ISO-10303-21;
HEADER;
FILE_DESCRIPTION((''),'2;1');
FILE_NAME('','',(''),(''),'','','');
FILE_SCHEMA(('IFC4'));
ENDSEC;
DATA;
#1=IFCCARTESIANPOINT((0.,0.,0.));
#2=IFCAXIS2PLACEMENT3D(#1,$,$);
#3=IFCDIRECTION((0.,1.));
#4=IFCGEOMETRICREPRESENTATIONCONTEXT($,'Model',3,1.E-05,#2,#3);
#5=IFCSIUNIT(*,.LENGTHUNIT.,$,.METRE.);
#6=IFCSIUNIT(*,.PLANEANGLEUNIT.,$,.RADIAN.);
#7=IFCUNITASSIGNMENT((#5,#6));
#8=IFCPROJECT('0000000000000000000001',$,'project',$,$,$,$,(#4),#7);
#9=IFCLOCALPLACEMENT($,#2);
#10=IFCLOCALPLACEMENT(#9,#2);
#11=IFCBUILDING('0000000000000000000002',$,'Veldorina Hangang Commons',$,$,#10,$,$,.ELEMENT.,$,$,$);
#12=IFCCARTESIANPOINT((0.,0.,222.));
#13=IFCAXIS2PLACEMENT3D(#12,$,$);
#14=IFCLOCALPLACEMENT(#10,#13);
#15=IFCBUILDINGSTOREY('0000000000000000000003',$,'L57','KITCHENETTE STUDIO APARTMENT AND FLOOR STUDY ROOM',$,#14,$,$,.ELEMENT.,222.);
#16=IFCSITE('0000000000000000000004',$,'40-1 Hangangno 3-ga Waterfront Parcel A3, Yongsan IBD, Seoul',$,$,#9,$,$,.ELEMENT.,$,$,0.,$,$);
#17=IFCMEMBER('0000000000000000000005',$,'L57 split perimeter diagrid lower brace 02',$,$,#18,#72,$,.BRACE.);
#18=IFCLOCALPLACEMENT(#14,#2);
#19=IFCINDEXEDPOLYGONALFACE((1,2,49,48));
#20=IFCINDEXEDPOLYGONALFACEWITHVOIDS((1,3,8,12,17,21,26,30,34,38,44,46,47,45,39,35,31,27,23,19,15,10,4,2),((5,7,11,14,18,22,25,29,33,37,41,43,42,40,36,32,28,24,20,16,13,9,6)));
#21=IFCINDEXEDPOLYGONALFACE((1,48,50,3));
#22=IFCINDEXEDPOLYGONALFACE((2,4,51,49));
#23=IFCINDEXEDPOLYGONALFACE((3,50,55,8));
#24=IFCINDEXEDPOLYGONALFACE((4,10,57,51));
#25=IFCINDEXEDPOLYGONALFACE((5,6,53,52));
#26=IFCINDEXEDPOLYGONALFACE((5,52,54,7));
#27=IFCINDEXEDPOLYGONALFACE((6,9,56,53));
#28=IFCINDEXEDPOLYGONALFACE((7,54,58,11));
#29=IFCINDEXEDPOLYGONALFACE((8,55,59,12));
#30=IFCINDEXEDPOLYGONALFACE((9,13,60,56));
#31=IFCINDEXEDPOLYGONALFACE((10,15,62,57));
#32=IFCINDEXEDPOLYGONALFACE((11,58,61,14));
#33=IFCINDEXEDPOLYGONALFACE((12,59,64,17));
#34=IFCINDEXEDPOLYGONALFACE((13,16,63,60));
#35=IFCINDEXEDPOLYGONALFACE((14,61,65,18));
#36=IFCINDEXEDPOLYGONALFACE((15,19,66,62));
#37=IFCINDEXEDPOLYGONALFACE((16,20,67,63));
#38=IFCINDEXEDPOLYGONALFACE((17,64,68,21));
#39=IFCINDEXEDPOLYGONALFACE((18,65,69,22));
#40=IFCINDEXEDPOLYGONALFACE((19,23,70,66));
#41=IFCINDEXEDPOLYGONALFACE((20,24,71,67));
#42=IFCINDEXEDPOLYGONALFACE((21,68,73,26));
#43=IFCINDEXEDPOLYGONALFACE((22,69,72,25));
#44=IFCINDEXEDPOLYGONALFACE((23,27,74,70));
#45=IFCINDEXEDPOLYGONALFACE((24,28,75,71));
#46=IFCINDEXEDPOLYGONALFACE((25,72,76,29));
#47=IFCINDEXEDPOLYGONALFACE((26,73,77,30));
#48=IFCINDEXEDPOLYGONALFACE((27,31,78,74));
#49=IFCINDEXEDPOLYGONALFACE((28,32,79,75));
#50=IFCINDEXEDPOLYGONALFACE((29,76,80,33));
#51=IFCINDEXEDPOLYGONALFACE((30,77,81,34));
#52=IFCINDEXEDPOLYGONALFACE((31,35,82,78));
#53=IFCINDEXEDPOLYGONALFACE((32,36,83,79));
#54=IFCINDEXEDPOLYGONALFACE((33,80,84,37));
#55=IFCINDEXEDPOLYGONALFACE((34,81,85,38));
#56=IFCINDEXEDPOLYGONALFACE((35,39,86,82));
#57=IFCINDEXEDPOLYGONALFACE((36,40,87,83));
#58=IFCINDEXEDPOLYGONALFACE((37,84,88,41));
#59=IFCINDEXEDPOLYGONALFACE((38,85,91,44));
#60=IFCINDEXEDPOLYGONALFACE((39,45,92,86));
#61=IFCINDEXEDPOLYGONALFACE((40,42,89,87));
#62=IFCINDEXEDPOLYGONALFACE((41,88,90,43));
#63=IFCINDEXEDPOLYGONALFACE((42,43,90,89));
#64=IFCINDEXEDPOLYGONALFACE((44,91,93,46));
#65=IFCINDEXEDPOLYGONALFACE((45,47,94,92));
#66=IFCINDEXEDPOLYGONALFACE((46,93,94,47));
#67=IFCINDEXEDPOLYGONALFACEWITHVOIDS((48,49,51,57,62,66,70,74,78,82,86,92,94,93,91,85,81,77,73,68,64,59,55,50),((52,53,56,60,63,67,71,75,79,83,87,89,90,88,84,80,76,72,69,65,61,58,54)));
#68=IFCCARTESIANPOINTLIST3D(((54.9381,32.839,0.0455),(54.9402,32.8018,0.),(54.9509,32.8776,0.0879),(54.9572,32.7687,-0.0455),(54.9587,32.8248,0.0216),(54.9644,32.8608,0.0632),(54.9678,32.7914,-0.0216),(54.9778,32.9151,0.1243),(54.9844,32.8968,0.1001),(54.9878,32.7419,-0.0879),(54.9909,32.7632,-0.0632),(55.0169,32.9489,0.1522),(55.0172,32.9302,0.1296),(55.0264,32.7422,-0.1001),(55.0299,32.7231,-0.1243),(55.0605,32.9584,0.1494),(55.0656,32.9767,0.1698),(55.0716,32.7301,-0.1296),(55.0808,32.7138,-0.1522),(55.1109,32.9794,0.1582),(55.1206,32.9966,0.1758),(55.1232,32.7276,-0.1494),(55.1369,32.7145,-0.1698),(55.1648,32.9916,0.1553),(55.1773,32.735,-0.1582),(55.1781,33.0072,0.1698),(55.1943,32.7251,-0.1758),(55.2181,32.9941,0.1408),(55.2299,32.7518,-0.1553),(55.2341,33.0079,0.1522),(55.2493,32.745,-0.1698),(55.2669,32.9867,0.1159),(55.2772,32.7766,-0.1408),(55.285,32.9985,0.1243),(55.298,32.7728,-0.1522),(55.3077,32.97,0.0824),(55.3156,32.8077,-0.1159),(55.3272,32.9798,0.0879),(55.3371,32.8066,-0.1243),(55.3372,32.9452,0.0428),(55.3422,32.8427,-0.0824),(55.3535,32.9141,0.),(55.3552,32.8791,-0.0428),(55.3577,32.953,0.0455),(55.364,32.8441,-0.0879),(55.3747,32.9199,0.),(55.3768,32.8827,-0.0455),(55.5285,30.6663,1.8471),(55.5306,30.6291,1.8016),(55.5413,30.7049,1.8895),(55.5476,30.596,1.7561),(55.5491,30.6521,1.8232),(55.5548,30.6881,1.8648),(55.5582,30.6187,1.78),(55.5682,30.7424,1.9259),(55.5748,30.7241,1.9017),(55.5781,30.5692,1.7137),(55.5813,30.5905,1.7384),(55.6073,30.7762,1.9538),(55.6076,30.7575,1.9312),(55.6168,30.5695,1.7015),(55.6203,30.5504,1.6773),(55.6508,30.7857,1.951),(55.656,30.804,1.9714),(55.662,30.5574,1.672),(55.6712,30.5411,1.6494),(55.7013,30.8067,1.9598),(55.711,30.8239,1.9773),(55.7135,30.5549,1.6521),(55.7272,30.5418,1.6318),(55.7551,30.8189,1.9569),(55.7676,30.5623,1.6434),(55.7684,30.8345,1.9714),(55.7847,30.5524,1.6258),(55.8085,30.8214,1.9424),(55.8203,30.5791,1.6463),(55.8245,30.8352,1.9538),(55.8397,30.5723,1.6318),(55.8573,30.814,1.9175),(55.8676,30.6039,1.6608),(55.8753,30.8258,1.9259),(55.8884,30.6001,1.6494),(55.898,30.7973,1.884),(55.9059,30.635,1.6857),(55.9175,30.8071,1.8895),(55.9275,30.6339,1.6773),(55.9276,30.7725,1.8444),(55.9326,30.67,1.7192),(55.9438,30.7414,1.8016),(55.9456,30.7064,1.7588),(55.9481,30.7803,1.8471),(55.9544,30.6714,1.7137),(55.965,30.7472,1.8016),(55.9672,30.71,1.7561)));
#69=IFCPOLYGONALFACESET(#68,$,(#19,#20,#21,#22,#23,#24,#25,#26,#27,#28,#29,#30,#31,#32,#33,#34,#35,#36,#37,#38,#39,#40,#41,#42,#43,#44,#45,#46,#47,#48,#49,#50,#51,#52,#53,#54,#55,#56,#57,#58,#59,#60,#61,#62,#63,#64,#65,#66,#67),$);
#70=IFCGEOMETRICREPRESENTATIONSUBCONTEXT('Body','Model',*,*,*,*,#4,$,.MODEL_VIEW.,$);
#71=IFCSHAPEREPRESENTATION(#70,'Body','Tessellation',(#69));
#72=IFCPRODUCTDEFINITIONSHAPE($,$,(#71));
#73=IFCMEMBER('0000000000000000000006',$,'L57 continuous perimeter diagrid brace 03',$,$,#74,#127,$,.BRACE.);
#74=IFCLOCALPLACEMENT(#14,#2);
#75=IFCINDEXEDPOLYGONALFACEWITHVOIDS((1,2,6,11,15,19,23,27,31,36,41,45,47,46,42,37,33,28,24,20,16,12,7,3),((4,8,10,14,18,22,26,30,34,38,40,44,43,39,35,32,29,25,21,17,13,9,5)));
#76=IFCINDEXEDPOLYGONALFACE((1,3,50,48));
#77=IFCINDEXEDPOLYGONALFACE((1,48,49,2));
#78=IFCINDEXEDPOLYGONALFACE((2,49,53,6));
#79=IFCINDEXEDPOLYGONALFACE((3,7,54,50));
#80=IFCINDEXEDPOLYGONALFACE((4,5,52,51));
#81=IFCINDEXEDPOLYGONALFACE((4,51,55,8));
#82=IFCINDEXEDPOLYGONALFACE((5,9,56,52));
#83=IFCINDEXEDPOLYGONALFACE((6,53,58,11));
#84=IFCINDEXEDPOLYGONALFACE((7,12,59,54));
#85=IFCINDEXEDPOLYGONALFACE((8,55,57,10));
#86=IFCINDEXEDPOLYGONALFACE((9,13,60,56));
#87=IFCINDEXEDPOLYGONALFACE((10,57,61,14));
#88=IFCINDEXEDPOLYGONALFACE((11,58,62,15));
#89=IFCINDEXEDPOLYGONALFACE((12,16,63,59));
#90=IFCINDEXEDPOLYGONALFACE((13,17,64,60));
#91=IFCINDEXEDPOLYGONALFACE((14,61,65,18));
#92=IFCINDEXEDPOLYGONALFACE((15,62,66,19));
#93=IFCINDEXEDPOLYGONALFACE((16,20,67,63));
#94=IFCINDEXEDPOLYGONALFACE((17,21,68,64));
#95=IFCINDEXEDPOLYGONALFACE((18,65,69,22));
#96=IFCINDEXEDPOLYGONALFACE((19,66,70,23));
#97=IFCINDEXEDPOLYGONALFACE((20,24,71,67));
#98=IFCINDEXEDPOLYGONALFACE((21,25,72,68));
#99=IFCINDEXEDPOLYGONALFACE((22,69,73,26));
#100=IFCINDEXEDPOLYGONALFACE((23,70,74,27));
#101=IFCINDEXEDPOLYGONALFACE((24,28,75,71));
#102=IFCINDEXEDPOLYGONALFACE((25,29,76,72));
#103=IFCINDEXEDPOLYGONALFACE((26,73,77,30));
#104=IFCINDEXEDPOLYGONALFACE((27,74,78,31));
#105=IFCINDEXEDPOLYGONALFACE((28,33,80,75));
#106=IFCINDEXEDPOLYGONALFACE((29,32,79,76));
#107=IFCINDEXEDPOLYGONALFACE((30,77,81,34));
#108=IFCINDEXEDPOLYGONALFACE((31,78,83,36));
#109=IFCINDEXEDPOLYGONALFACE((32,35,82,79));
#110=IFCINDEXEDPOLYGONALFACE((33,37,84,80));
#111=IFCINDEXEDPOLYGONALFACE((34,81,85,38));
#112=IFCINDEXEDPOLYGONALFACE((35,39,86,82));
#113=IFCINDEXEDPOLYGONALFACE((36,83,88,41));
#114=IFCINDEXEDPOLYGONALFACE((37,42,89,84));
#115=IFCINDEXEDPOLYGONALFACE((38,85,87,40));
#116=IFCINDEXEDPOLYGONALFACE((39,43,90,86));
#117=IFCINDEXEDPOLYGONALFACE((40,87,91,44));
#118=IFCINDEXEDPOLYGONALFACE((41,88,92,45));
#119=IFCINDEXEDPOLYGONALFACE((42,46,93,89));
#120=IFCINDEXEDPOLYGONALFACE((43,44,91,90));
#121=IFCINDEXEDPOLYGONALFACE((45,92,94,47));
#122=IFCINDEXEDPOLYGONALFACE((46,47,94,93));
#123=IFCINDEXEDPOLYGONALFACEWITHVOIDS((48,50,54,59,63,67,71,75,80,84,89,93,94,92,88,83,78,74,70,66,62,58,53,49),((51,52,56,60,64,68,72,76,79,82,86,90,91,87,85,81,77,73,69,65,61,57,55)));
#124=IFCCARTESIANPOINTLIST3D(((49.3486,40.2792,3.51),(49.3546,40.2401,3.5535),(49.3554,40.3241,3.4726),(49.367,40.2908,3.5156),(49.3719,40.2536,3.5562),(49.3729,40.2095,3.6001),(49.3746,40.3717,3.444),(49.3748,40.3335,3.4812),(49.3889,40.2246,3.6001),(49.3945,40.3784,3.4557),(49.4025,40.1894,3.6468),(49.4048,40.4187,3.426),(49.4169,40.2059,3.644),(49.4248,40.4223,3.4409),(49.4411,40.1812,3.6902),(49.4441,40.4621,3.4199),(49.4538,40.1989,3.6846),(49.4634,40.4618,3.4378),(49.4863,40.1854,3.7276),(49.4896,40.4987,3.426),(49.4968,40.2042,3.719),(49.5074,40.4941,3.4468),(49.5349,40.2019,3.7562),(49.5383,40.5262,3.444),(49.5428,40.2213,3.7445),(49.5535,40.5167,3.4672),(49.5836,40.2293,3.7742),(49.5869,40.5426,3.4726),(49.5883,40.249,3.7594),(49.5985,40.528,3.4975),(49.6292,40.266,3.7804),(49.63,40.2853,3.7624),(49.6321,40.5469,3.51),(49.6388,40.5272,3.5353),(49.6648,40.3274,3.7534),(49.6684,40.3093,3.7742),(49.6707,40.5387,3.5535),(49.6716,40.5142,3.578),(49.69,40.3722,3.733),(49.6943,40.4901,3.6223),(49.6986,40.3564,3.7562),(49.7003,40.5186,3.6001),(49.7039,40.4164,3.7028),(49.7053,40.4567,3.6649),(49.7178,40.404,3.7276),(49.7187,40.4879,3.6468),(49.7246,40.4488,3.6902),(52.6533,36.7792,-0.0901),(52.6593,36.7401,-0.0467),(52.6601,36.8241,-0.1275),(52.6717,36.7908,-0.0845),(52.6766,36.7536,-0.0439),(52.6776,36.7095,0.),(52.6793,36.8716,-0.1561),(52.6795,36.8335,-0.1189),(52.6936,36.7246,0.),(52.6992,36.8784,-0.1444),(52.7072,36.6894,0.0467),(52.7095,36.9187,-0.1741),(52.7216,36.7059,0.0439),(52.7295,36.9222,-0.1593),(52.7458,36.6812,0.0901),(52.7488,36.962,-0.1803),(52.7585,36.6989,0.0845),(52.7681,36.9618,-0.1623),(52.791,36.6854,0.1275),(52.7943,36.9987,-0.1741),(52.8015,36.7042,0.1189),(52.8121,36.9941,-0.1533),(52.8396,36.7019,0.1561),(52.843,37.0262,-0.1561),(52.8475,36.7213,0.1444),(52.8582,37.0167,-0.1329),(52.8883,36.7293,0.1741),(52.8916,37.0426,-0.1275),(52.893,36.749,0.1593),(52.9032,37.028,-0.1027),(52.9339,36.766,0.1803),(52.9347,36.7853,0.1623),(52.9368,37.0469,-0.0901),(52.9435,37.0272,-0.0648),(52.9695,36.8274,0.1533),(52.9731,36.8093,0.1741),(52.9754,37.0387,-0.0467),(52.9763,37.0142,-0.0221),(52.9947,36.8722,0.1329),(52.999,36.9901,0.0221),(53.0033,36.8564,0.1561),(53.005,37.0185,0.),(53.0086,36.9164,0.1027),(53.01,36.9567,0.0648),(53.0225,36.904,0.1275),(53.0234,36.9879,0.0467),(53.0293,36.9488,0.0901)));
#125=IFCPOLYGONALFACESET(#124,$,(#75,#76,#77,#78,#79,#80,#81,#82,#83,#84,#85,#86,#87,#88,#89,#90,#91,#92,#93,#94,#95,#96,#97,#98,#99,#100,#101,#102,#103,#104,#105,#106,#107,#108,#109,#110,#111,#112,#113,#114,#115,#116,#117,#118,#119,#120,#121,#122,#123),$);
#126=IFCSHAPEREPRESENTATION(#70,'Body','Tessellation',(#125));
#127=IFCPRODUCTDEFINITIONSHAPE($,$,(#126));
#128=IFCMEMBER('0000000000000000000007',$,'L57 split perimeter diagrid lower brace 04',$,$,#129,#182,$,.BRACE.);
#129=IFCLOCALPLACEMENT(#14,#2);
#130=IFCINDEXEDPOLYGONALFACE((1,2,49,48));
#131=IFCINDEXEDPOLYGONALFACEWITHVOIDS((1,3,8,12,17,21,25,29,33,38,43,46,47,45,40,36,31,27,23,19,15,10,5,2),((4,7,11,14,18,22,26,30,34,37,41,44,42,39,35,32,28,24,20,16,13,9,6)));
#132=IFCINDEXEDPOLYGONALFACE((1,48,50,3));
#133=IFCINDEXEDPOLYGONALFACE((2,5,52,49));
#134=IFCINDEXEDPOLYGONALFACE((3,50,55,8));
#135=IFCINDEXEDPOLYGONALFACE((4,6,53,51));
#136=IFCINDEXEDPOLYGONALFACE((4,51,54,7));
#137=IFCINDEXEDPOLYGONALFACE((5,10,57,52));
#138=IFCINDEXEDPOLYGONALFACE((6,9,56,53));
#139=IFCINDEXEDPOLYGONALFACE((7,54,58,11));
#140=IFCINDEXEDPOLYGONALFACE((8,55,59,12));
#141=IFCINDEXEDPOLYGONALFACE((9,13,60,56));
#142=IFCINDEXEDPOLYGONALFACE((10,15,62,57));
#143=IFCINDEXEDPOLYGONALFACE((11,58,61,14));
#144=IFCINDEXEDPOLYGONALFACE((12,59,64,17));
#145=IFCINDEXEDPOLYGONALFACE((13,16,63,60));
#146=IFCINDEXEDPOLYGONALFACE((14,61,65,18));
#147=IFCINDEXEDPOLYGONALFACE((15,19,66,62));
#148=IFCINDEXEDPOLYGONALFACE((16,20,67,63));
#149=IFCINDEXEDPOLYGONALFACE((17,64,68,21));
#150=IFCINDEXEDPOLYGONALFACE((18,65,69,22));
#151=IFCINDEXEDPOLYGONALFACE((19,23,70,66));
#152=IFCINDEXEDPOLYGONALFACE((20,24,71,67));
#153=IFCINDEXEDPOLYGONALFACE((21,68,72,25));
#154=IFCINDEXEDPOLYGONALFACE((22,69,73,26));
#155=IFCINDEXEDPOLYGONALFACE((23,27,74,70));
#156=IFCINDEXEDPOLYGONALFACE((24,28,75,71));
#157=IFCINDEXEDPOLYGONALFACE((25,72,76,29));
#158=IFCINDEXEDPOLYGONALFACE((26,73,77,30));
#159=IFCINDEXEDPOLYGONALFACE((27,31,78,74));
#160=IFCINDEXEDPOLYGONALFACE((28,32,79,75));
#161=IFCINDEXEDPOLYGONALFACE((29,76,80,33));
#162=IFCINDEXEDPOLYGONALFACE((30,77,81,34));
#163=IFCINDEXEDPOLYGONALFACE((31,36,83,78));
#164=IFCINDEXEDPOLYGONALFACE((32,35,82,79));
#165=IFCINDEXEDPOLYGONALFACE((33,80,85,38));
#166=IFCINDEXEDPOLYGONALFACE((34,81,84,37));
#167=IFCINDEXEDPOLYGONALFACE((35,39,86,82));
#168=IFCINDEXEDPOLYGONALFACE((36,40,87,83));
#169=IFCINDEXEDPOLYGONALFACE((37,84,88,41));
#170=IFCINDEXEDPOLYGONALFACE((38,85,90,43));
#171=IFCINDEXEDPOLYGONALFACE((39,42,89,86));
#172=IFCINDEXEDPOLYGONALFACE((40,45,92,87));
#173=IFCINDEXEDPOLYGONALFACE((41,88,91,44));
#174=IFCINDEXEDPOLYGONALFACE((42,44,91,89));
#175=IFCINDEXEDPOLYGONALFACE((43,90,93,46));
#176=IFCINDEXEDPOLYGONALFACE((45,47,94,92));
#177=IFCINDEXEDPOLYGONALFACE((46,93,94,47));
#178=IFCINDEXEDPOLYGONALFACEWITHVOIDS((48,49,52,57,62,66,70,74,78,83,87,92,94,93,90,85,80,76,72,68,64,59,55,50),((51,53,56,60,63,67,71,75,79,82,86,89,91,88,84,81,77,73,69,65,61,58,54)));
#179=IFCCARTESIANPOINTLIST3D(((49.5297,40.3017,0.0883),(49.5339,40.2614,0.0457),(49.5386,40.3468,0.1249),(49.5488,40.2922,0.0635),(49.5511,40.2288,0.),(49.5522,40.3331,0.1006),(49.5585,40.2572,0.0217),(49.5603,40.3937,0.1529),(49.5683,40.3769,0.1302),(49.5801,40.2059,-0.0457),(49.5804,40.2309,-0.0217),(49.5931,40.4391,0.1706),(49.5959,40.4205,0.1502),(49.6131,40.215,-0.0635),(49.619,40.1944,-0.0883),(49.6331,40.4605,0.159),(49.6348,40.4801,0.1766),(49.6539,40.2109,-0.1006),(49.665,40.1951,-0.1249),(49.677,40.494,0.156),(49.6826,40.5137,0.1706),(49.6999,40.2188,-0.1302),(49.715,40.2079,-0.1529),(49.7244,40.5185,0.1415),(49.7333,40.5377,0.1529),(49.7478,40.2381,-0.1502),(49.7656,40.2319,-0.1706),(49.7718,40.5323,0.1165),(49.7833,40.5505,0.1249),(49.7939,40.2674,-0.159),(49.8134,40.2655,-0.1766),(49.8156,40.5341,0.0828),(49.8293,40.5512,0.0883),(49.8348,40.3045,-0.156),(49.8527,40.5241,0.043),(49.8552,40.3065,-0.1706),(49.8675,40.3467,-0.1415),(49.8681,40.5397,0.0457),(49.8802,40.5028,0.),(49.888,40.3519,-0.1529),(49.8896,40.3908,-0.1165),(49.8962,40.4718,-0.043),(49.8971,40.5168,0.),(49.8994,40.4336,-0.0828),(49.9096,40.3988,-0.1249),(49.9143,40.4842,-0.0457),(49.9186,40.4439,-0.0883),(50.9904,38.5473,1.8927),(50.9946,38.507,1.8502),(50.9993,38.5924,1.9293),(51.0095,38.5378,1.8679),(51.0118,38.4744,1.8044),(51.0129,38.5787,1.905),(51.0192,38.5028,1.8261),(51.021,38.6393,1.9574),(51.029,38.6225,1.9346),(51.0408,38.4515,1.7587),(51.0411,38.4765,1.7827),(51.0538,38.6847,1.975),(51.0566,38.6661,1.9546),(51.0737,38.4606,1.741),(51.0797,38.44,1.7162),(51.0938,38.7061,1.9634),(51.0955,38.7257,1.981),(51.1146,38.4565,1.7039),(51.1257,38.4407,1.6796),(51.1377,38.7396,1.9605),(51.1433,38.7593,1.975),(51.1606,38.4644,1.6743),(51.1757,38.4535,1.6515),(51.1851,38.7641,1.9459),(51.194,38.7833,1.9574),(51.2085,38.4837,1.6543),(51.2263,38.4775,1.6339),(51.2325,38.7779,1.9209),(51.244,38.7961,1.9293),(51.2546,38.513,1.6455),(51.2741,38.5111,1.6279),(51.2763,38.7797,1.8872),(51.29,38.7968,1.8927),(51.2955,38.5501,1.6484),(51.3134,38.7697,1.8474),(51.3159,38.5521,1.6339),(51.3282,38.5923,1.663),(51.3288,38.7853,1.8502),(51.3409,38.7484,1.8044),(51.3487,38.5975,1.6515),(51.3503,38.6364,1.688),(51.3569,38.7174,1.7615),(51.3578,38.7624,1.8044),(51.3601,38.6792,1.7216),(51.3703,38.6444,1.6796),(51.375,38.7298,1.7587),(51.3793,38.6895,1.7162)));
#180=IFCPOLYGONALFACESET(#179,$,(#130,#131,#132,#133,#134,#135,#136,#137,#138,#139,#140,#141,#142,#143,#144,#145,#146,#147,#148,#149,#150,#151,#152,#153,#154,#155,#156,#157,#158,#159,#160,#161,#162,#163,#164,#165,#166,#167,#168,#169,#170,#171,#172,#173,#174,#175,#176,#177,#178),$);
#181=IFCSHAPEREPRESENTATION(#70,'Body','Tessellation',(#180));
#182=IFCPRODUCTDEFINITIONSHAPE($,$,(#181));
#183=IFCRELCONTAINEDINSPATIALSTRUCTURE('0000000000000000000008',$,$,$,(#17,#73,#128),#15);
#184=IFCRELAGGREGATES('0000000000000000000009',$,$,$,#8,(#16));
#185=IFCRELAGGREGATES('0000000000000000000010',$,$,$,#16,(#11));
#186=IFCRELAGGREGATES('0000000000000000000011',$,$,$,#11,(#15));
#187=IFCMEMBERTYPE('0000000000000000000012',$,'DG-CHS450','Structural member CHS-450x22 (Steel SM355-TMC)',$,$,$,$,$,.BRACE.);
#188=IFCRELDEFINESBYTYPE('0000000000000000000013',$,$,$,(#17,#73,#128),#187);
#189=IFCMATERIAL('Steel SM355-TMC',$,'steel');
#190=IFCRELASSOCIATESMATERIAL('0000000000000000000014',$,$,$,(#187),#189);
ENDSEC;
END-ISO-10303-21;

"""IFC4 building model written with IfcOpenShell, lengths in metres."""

from ifc_helpers import new_model, si_unit, direction, frame, origin, origin_2d, place, context, subcontext, project, spatial, hollow_circle, extrude, material, material_profile, profile_set, type_object, element, save


model = new_model("IFC4")

# Units and contexts
model_context = context("Model", 3, precision=1e-05, world=origin(), true_north=direction((0.0, 1.0)))
body_context = subcontext(model_context, "Body", "Model", "MODEL_VIEW")
ifc_project = project(units=[si_unit("LENGTHUNIT", "METRE"), si_unit("PLANEANGLEUNIT", "RADIAN")], contexts=[model_context])

# Site, building, storey
site_placement = place(None, origin())
site = spatial("IfcSite", under=ifc_project, at=site_placement, Name="40-1 Hangangno 3-ga Waterfront Parcel A3, Yongsan IBD, Seoul", CompositionType="ELEMENT", RefElevation=0.0)
building_placement = place(site_placement, origin())
building = spatial("IfcBuilding", under=site, at=building_placement, Name="Veldorina Hangang Commons", CompositionType="ELEMENT")
storey_placement = place(building_placement, frame((0.0, 0.0, 222.0)))
storey = spatial("IfcBuildingStorey", under=building, at=storey_placement, Name="L57", Description="KITCHENETTE STUDIO APARTMENT AND FLOOR STUDY ROOM", CompositionType="ELEMENT", Elevation=222.0)

# Shared definitions
ifc_material_1 = material(Name="Steel SM355-TMC", Category="steel")

# Members
ifc_material_profile_1 = material_profile(ifc_material_1, hollow_circle(Radius=0.2251, WallThickness=0.022, at=origin_2d()), Name="CHS-450x22")
ifc_profile_set_1 = profile_set([ifc_material_profile_1], Name="Steel SM355-TMC")
member_type_1 = type_object("IfcMemberType", Name="DG-CHS450", Description="Structural member CHS-450x22 (Steel SM355-TMC)", PredefinedType="BRACE", material=ifc_profile_set_1)
member_1_placement = place(storey_placement, frame((55.1575, 32.8608, 0.0), z_axis=(0.204733, -0.75348, 0.624782), x_axis=(0.965011, 0.262209, 0.0)))
element("IfcMember", 1, at=member_1_placement, inside=storey, type_object=member_type_1, Name="L57 split perimeter diagrid lower brace 02", PredefinedType="BRACE", context=body_context, shape_type="SweptSolid", body=[
    extrude(hollow_circle(Radius=0.2251, WallThickness=0.022, at=origin_2d()), origin(), (0.0, 0.0, 1.0), 2.8835),
])
member_2_placement = place(storey_placement, frame((52.8413, 36.864, 0.0), z_axis=(-0.549777, 0.58227, 0.598922), x_axis=(-0.727103, -0.686528, 0.0)))
element("IfcMember", 2, at=member_2_placement, inside=storey, type_object=member_type_1, Name="L57 continuous perimeter diagrid brace 03", PredefinedType="BRACE", context=body_context, shape_type="SweptSolid", body=[
    extrude(hollow_circle(Radius=0.2251, WallThickness=0.022, at=origin_2d()), origin(), (0.0, 0.0, 1.0), 6.011),
])
member_3_placement = place(storey_placement, frame((49.7241, 40.3728, 0.0), z_axis=(0.501973, -0.602905, 0.620104), x_axis=(0.768502, 0.639848, 0.0)))
element("IfcMember", 3, at=member_3_placement, inside=storey, type_object=member_type_1, Name="L57 split perimeter diagrid lower brace 04", PredefinedType="BRACE", context=body_context, shape_type="SweptSolid", body=[
    extrude(hollow_circle(Radius=0.2251, WallThickness=0.022, at=origin_2d()), origin(), (0.0, 0.0, 1.0), 2.9099),
])

save(model, "model.ifc")
